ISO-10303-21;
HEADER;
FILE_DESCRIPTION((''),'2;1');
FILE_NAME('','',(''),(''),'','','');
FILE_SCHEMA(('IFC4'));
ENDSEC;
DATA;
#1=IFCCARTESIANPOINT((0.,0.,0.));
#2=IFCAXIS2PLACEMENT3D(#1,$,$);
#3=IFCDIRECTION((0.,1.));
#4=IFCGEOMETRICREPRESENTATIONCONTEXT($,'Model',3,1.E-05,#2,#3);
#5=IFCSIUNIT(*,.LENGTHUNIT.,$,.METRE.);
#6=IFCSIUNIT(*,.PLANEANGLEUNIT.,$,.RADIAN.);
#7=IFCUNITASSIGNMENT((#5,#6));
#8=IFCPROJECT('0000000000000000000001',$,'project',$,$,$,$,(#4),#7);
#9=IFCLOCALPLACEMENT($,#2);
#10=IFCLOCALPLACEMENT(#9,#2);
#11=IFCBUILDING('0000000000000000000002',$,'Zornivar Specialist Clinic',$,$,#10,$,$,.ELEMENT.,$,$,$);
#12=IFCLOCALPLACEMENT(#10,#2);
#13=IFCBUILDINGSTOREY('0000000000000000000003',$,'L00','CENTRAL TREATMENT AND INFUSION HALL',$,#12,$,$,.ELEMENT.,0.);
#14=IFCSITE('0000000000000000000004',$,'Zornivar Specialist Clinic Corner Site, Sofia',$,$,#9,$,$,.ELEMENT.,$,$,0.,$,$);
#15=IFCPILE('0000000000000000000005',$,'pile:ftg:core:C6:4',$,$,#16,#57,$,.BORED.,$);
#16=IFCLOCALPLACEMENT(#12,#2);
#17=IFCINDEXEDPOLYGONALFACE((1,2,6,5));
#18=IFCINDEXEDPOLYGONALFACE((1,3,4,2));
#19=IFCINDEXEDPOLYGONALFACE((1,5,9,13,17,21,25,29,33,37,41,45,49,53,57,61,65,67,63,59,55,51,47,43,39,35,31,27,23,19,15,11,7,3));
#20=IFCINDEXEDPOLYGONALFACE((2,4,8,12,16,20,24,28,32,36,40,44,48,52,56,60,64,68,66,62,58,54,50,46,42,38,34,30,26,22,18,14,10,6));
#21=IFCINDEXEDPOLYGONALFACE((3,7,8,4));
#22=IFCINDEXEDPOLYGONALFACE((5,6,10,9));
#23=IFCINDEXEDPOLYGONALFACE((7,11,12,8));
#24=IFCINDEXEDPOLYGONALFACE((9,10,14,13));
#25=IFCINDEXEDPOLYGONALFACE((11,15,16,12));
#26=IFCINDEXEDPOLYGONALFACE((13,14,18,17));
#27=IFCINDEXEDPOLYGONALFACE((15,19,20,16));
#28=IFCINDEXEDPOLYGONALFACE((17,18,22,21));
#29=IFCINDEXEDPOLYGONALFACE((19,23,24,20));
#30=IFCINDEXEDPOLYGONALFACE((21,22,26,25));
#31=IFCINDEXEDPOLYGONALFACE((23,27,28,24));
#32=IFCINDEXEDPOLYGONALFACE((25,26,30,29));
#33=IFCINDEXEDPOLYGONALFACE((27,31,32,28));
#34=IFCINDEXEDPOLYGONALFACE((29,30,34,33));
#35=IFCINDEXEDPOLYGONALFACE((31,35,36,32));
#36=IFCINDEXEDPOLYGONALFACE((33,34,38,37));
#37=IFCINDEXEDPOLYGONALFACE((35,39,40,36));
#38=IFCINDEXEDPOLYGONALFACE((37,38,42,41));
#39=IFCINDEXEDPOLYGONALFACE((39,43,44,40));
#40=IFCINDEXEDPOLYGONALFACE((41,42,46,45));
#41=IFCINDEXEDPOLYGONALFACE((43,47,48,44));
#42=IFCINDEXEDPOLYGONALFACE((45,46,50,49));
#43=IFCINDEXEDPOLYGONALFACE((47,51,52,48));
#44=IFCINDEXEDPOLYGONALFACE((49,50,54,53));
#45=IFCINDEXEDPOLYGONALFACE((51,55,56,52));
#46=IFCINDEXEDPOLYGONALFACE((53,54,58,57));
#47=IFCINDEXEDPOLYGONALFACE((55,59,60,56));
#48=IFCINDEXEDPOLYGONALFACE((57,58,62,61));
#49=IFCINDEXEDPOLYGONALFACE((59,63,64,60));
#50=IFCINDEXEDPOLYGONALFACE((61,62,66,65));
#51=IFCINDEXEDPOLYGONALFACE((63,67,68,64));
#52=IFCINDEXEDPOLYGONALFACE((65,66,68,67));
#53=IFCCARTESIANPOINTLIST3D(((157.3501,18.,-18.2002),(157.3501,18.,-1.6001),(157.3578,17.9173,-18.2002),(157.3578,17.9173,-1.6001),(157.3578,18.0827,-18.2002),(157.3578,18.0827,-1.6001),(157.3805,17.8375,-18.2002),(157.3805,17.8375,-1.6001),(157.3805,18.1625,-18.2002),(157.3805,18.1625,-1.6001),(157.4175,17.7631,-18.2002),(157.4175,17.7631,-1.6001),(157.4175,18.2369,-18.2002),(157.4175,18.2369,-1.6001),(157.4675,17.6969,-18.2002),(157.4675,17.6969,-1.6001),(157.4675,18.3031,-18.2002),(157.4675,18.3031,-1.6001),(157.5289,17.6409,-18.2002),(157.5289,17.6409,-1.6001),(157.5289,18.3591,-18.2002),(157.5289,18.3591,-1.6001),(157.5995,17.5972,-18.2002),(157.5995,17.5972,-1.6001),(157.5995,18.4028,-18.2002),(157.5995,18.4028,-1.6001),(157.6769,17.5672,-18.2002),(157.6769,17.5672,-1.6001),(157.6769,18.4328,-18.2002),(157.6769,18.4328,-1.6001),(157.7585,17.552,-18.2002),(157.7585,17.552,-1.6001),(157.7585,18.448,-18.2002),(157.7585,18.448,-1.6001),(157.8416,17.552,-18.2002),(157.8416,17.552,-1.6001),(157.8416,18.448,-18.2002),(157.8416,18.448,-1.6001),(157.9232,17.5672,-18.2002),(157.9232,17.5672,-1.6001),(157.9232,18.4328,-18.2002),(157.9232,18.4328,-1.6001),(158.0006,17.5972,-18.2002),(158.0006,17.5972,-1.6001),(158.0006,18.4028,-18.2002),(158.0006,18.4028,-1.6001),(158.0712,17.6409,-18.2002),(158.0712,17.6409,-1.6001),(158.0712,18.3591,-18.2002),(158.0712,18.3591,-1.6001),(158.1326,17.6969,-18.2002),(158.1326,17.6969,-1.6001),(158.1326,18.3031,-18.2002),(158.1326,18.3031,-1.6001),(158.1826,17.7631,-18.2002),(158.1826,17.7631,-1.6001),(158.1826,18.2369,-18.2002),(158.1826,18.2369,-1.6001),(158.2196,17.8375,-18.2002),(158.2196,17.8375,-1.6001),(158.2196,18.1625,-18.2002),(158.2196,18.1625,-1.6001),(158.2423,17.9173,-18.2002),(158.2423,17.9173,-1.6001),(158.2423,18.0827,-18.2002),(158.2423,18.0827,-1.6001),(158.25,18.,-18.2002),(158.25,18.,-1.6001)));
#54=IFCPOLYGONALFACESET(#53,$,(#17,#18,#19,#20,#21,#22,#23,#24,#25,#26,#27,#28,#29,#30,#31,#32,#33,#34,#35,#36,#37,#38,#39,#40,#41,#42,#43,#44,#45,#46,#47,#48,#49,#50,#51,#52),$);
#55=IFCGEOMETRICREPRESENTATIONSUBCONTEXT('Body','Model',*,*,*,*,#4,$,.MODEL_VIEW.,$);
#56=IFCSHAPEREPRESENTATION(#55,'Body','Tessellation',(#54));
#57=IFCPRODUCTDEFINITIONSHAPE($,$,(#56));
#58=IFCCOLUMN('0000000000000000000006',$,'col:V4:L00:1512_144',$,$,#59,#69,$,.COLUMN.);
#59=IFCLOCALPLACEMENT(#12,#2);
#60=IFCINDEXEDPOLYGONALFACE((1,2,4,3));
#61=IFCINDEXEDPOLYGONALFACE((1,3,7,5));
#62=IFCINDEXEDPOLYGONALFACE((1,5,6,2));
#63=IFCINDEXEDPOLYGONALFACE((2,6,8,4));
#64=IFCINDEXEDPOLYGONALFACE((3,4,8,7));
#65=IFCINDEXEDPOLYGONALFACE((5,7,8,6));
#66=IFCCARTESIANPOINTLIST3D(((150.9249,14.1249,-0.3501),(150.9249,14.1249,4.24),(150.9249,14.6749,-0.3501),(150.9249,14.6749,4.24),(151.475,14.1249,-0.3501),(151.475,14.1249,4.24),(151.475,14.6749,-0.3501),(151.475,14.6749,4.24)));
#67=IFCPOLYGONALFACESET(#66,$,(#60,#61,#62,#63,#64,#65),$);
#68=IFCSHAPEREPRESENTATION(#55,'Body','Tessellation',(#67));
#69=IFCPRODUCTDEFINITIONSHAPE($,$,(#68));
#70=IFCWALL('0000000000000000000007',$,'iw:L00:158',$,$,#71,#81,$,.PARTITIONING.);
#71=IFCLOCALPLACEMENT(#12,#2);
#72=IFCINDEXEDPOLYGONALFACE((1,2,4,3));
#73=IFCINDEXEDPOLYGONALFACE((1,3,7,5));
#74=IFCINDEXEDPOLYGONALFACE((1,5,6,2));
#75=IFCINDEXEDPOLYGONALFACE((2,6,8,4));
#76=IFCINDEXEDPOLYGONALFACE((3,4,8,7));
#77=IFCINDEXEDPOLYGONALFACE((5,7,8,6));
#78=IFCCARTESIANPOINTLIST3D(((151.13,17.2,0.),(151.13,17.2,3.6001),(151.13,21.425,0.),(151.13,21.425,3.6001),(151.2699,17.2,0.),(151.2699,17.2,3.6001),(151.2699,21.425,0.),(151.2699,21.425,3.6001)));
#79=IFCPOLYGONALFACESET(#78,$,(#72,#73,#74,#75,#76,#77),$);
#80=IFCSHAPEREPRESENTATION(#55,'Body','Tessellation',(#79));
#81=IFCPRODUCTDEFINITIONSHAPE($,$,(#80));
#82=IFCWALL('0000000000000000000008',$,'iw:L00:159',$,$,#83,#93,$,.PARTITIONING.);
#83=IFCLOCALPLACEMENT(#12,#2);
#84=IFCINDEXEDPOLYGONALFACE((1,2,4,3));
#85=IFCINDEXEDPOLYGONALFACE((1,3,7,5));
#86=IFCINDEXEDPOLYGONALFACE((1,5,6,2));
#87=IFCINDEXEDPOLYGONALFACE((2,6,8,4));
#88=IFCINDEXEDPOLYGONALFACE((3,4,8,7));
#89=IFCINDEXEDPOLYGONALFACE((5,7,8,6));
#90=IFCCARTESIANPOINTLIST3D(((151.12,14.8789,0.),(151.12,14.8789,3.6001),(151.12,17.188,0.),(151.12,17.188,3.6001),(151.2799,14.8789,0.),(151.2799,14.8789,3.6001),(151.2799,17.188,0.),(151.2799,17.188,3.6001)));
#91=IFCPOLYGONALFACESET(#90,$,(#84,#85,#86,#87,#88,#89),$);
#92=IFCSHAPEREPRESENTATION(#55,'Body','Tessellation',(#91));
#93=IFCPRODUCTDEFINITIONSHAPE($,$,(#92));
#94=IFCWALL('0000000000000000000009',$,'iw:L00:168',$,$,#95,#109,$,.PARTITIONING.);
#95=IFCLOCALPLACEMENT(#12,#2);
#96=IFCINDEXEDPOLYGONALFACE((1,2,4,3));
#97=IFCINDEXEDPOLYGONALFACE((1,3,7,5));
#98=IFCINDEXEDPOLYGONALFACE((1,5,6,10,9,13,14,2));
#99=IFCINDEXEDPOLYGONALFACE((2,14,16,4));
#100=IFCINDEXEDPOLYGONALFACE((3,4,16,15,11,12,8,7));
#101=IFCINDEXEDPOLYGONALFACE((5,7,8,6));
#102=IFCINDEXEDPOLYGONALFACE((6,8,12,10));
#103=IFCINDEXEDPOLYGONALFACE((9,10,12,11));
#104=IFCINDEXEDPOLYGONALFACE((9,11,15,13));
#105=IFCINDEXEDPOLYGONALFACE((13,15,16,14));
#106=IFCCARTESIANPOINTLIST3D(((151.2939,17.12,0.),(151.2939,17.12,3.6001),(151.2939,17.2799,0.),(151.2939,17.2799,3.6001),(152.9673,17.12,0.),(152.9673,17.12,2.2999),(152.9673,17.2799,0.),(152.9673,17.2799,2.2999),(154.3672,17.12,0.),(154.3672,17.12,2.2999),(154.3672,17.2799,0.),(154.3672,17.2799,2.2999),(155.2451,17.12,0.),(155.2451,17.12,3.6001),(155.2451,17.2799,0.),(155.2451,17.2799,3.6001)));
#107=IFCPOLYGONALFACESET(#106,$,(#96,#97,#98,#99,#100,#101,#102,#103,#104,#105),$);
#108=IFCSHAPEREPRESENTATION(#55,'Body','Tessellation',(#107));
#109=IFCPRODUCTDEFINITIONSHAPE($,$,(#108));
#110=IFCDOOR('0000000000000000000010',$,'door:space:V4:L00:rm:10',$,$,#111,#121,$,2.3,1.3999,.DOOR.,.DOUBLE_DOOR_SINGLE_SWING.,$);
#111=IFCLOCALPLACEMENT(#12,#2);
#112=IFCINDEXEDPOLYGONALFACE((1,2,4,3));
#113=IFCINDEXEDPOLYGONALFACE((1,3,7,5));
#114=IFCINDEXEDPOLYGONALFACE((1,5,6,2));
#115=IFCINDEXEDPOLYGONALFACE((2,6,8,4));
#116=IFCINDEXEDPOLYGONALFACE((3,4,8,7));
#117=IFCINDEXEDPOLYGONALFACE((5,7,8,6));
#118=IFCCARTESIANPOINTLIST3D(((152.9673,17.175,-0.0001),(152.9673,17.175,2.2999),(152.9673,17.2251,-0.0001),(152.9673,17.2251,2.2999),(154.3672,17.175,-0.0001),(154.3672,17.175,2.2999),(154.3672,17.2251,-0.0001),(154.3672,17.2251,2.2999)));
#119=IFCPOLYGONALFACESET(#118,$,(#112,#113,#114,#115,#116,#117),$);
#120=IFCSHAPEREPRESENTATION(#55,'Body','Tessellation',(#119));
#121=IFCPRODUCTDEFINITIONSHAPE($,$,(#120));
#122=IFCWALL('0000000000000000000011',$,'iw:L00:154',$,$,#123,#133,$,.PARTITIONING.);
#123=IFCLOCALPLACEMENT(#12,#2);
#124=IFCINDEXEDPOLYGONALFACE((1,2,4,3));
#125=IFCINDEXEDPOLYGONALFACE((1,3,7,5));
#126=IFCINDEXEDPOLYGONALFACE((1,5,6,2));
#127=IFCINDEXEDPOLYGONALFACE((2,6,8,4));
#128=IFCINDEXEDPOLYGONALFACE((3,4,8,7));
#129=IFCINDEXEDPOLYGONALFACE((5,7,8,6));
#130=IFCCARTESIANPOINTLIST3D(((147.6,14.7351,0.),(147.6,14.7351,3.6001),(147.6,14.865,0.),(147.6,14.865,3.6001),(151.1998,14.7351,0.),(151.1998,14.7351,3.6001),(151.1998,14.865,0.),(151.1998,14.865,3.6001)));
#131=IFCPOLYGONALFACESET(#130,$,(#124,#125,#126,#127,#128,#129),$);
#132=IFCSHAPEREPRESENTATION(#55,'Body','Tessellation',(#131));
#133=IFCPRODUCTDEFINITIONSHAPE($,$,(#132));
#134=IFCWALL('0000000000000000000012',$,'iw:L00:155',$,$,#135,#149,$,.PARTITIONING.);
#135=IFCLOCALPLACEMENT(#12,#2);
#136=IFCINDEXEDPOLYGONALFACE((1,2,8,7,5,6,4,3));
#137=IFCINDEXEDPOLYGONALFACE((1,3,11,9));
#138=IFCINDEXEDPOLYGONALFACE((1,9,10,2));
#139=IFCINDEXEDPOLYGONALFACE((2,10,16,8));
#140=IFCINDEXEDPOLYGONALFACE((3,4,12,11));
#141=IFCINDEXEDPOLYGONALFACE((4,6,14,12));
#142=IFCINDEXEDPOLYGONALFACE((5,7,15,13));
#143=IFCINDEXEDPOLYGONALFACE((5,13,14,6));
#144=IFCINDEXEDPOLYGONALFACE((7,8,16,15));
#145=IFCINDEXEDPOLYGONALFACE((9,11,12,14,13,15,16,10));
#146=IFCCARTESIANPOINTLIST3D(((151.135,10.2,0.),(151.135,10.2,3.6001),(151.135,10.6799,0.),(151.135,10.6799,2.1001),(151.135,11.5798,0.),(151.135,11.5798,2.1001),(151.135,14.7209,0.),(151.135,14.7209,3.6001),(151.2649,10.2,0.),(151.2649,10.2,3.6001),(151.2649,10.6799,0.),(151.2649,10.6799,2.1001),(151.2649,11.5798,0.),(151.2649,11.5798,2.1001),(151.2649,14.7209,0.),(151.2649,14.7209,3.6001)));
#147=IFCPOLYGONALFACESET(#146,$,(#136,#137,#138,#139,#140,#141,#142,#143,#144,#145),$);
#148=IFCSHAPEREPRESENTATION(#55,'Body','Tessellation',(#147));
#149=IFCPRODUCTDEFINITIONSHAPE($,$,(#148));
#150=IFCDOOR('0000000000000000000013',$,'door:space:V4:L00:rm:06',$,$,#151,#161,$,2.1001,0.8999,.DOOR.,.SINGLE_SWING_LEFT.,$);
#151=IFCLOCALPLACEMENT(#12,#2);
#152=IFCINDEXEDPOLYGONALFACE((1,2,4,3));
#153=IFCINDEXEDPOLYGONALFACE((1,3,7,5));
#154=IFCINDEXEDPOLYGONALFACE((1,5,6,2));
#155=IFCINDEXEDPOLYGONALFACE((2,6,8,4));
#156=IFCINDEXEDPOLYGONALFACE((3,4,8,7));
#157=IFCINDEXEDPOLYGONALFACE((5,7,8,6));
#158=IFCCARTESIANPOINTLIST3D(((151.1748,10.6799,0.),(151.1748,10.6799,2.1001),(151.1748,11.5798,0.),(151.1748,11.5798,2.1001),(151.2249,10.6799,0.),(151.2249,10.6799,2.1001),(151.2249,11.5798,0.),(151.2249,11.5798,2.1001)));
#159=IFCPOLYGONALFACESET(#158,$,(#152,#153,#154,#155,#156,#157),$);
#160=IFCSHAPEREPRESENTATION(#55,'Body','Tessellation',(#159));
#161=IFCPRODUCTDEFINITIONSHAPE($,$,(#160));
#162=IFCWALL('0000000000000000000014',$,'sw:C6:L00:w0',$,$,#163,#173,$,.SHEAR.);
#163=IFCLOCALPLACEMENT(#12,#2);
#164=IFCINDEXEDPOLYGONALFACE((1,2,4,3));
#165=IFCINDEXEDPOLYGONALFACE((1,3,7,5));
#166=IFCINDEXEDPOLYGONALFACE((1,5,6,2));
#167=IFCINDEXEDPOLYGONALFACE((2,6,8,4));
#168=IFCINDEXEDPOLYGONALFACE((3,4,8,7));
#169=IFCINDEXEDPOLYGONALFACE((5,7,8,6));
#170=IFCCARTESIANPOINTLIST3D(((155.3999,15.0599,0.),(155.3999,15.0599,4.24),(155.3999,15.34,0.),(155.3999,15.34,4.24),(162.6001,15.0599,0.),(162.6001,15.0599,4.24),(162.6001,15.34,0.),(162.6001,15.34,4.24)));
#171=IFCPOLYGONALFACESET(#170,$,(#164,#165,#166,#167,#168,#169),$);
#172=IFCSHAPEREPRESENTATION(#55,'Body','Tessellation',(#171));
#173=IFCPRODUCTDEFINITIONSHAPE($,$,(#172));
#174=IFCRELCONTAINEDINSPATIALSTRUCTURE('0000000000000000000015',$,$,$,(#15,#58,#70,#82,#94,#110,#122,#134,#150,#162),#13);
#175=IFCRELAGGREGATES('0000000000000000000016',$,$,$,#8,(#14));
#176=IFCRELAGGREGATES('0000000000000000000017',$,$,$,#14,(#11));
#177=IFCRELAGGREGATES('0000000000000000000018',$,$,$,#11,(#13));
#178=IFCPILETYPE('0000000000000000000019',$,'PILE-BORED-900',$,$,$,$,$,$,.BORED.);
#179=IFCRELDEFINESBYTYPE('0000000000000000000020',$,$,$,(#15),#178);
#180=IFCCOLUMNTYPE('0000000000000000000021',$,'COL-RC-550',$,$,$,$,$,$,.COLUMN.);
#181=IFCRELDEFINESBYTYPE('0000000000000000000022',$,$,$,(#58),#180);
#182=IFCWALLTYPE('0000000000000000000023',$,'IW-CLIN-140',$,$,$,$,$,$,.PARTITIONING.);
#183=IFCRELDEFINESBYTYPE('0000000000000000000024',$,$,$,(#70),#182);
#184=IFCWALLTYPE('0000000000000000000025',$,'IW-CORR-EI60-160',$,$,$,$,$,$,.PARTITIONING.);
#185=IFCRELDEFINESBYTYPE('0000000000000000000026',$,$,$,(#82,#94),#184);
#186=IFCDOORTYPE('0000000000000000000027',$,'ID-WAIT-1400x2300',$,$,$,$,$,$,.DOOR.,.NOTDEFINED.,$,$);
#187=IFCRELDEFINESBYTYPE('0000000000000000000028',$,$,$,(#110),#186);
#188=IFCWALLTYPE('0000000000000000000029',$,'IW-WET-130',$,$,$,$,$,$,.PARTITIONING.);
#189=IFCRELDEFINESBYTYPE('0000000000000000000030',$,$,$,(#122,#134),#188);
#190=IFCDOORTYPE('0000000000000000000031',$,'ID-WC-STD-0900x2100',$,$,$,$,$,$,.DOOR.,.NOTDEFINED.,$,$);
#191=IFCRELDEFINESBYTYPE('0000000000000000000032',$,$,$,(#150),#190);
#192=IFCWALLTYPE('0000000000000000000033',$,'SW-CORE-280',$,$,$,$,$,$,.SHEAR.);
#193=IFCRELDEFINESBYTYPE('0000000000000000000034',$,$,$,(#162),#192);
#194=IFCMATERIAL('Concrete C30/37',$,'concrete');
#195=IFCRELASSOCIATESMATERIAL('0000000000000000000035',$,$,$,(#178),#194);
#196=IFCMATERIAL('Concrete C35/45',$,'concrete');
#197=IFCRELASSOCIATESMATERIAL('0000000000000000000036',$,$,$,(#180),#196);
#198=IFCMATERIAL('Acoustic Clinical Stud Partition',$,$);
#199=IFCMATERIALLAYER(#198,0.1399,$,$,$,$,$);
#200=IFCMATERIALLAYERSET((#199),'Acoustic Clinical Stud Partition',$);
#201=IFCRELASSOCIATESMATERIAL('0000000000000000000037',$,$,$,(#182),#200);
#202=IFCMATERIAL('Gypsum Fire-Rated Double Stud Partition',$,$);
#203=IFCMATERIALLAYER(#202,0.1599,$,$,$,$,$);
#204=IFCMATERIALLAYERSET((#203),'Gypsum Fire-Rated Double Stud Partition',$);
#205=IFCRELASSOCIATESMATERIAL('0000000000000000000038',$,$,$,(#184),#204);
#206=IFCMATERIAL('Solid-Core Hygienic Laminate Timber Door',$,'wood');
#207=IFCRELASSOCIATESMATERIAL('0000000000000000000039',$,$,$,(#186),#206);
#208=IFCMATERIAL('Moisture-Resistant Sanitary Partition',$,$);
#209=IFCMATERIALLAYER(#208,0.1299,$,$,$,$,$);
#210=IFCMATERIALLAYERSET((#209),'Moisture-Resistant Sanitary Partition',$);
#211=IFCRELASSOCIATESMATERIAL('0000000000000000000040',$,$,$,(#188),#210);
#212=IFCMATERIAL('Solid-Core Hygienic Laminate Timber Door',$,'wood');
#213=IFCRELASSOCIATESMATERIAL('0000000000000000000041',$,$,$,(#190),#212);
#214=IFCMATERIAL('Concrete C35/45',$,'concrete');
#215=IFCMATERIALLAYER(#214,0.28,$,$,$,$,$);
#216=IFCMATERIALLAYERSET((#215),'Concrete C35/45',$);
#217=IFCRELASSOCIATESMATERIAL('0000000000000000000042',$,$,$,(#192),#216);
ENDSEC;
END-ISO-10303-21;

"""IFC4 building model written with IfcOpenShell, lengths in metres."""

from ifc_helpers import new_model, si_unit, direction, frame, frame_2d, origin, origin_2d, place, context, subcontext, project, spatial, rectangle, circle, extrude, material, layer, layer_set, material_profile, profile_set, type_object, element, fill, save


model = new_model("IFC4")

# Units and contexts
model_context = context("Model", 3, precision=1e-05, world=origin(), true_north=direction((0.0, 1.0)))
body_context = subcontext(model_context, "Body", "Model", "MODEL_VIEW")
ifc_project = project(units=[si_unit("LENGTHUNIT", "METRE"), si_unit("PLANEANGLEUNIT", "RADIAN")], contexts=[model_context])

# Site, building, storey
site_placement = place(None, origin())
site = spatial("IfcSite", under=ifc_project, at=site_placement, Name="Zornivar Specialist Clinic Corner Site, Sofia", CompositionType="ELEMENT", RefElevation=0.0)
building_placement = place(site_placement, origin())
building = spatial("IfcBuilding", under=site, at=building_placement, Name="Zornivar Specialist Clinic", CompositionType="ELEMENT")
storey_placement = place(building_placement, origin())
storey = spatial("IfcBuildingStorey", under=building, at=storey_placement, Name="L00", Description="CENTRAL TREATMENT AND INFUSION HALL", CompositionType="ELEMENT", Elevation=0.0)

# Pile
ifc_material_1 = material(Name="Concrete C30/37", Category="concrete")
ifc_material_profile_1 = material_profile(ifc_material_1, circle(Radius=0.45, at=origin_2d()), Name="PILE D900")
ifc_profile_set_1 = profile_set([ifc_material_profile_1], Name="Concrete C30/37")
pile_type_1 = type_object("IfcPileType", Name="PILE-BORED-900", PredefinedType="BORED", material=ifc_profile_set_1)
for number, where, z_axis, x_axis, name in (
    (1, (157.8, 18.0, -1.6001), (0.0, 0.0, -1.0), (1.0, 0.0, 0.0), "pile:ftg:core:C6:4"),
):
    element("IfcPile", number, at=place(storey_placement, frame(where, z_axis=z_axis, x_axis=x_axis)), inside=storey, type_object=pile_type_1, Name=name, PredefinedType="BORED", context=body_context, shape_type="SweptSolid", body=[
        extrude(circle(Radius=0.45, at=origin_2d()), origin(), (0.0, 0.0, 1.0), 16.6001),
    ])

# Column
ifc_material_2 = material(Name="Concrete C35/45", Category="concrete")
ifc_material_profile_2 = material_profile(ifc_material_2, rectangle(XDim=0.55, YDim=0.55, at=origin_2d()), Name="RC 550x550")
ifc_profile_set_2 = profile_set([ifc_material_profile_2], Name="Concrete C35/45")
column_type = type_object("IfcColumnType", Name="COL-RC-550", PredefinedType="COLUMN", material=ifc_profile_set_2)
column_placement = place(storey_placement, frame((151.2, 14.3999, -0.3501), z_axis=(0.0, 0.0, 1.0), x_axis=(1.0, 0.0, 0.0)))
element("IfcColumn", 2, at=column_placement, inside=storey, type_object=column_type, Name="col:V4:L00:1512_144", PredefinedType="COLUMN", context=body_context, shape_type="SweptSolid", body=[
    extrude(rectangle(XDim=0.55, YDim=0.55, at=origin_2d()), origin(), (0.0, 0.0, 1.0), 4.5901),
])

# Walls
ifc_material_3 = material(Name="Acoustic Clinical Stud Partition")
ifc_layer_1 = layer(ifc_material_3, 0.1399)
ifc_layer_set_1 = layer_set([ifc_layer_1], Name="Acoustic Clinical Stud Partition")
wall_type_1 = type_object("IfcWallType", Name="IW-CLIN-140", PredefinedType="PARTITIONING", material=ifc_layer_set_1)
wall_1_placement = place(storey_placement, frame((151.2, 21.425, 0.0), z_axis=(0.0, 0.0, 1.0), x_axis=(0.0, -1.0, 0.0)))
element("IfcWall", 3, at=wall_1_placement, inside=storey, type_object=wall_type_1, Name="iw:L00:158", PredefinedType="PARTITIONING", context=body_context, shape_type="SweptSolid", body=[
    extrude(rectangle(XDim=4.2251, YDim=0.1399, at=frame_2d((2.1125, 0.0))), origin(), (0.0, 0.0, 1.0), 3.6001),
])
ifc_material_4 = material(Name="Gypsum Fire-Rated Double Stud Partition")
ifc_layer_2 = layer(ifc_material_4, 0.1599)
ifc_layer_set_2 = layer_set([ifc_layer_2], Name="Gypsum Fire-Rated Double Stud Partition")
wall_type_2 = type_object("IfcWallType", Name="IW-CORR-EI60-160", PredefinedType="PARTITIONING", material=ifc_layer_set_2)
wall_2_placement = place(storey_placement, frame((151.2, 17.188, 0.0), z_axis=(0.0, 0.0, 1.0), x_axis=(0.0, -1.0, 0.0)))
element("IfcWall", 4, at=wall_2_placement, inside=storey, type_object=wall_type_2, Name="iw:L00:159", PredefinedType="PARTITIONING", context=body_context, shape_type="SweptSolid", body=[
    extrude(rectangle(XDim=2.3091, YDim=0.1599, at=frame_2d((1.1545, 0.0))), origin(), (0.0, 0.0, 1.0), 3.6001),
])

# Wall, opening, door
wall_3_placement = place(storey_placement, frame((155.2451, 17.2, 0.0), z_axis=(0.0, 0.0, 1.0), x_axis=(-1.0, 0.0, 0.0)))
wall_3 = element("IfcWall", 5, at=wall_3_placement, inside=storey, type_object=wall_type_2, Name="iw:L00:168", PredefinedType="PARTITIONING", context=body_context, shape_type="SweptSolid", body=[
    extrude(rectangle(XDim=3.9512, YDim=0.1599, at=frame_2d((1.9756, 0.0))), origin(), (0.0, 0.0, 1.0), 3.6001),
])
opening_1_placement = place(wall_3_placement, frame((0.8779, 0.0, 0.0)))
opening_1 = element("IfcOpeningElement", 6, at=opening_1_placement, cuts=wall_3, PredefinedType="OPENING", context=body_context, shape_type="SweptSolid", body=[
    extrude(rectangle(XDim=1.3999, YDim=2.3, at=frame_2d((0.7, 1.1499))), frame((0.0, 0.0898, 0.0), z_axis=(0.0, -1.0, 0.0), x_axis=(1.0, 0.0, 0.0)), (0.0, 0.0, 1.0), 0.1799),
])
ifc_material_5 = material(Name="Solid-Core Hygienic Laminate Timber Door", Category="wood")
door_type_1 = type_object("IfcDoorType", Name="ID-WAIT-1400x2300", OperationType="NOTDEFINED", PredefinedType="DOOR", material=ifc_material_5)
door_1_placement = place(opening_1_placement, origin())
door_1 = element("IfcDoor", 7, at=door_1_placement, inside=storey, type_object=door_type_1, Name="door:space:V4:L00:rm:10", OperationType="DOUBLE_DOOR_SINGLE_SWING", OverallHeight=2.3, OverallWidth=1.3999, PredefinedType="DOOR", context=body_context, shape_type="SweptSolid", body=[
    extrude(rectangle(XDim=1.3999, YDim=2.3, at=frame_2d((0.7, 1.1499))), frame((0.0, 0.0249, 0.0), z_axis=(0.0, -1.0, 0.0), x_axis=(1.0, 0.0, 0.0)), (0.0, 0.0, 1.0), 0.05),
])
fill(opening_1, door_1)

# Wall
ifc_material_6 = material(Name="Moisture-Resistant Sanitary Partition")
ifc_layer_3 = layer(ifc_material_6, 0.1299)
ifc_layer_set_3 = layer_set([ifc_layer_3], Name="Moisture-Resistant Sanitary Partition")
wall_type_3 = type_object("IfcWallType", Name="IW-WET-130", PredefinedType="PARTITIONING", material=ifc_layer_set_3)
wall_4_placement = place(storey_placement, frame((147.6001, 14.8, 0.0), z_axis=(0.0, 0.0, 1.0), x_axis=(1.0, 0.0, 0.0)))
element("IfcWall", 8, at=wall_4_placement, inside=storey, type_object=wall_type_3, Name="iw:L00:154", PredefinedType="PARTITIONING", context=body_context, shape_type="SweptSolid", body=[
    extrude(rectangle(XDim=3.5999, YDim=0.1299, at=frame_2d((1.7998, 0.0))), origin(), (0.0, 0.0, 1.0), 3.6001),
])

# Wall, opening, door
wall_5_placement = place(storey_placement, frame((151.2, 14.7209, 0.0), z_axis=(0.0, 0.0, 1.0), x_axis=(0.0, -1.0, 0.0)))
wall_5 = element("IfcWall", 9, at=wall_5_placement, inside=storey, type_object=wall_type_3, Name="iw:L00:155", PredefinedType="PARTITIONING", context=body_context, shape_type="SweptSolid", body=[
    extrude(rectangle(XDim=4.521, YDim=0.1299, at=frame_2d((2.2605, 0.0))), origin(), (0.0, 0.0, 1.0), 3.6001),
])
opening_2_placement = place(wall_5_placement, frame((3.1411, 0.0, 0.0)))
opening_2 = element("IfcOpeningElement", 10, at=opening_2_placement, cuts=wall_5, PredefinedType="OPENING", context=body_context, shape_type="SweptSolid", body=[
    extrude(rectangle(XDim=0.8999, YDim=2.1001, at=frame_2d((0.45, 1.05))), frame((0.0, 0.075, 0.0), z_axis=(0.0, -1.0, 0.0), x_axis=(1.0, 0.0, 0.0)), (0.0, 0.0, 1.0), 0.1499),
])
ifc_material_7 = material(Name="Solid-Core Hygienic Laminate Timber Door", Category="wood")
door_type_2 = type_object("IfcDoorType", Name="ID-WC-STD-0900x2100", OperationType="NOTDEFINED", PredefinedType="DOOR", material=ifc_material_7)
door_2_placement = place(opening_2_placement, origin())
door_2 = element("IfcDoor", 11, at=door_2_placement, inside=storey, type_object=door_type_2, Name="door:space:V4:L00:rm:06", OperationType="SINGLE_SWING_LEFT", OverallHeight=2.1001, OverallWidth=0.8999, PredefinedType="DOOR", context=body_context, shape_type="SweptSolid", body=[
    extrude(rectangle(XDim=0.8999, YDim=2.1001, at=frame_2d((0.45, 1.05))), frame((0.0, 0.0249, 0.0), z_axis=(0.0, -1.0, 0.0), x_axis=(1.0, 0.0, 0.0)), (0.0, 0.0, 1.0), 0.05),
])
fill(opening_2, door_2)

# Wall
ifc_material_8 = material(Name="Concrete C35/45", Category="concrete")
ifc_layer_4 = layer(ifc_material_8, 0.28)
ifc_layer_set_4 = layer_set([ifc_layer_4], Name="Concrete C35/45")
wall_type_4 = type_object("IfcWallType", Name="SW-CORE-280", PredefinedType="SHEAR", material=ifc_layer_set_4)
wall_6_placement = place(storey_placement, frame((155.3999, 15.2, 0.0), z_axis=(0.0, 0.0, 1.0), x_axis=(1.0, 0.0, 0.0)))
element("IfcWall", 12, at=wall_6_placement, inside=storey, type_object=wall_type_4, Name="sw:C6:L00:w0", PredefinedType="SHEAR", context=body_context, shape_type="SweptSolid", body=[
    extrude(rectangle(XDim=7.2002, YDim=0.28, at=frame_2d((3.6001, 0.0))), origin(), (0.0, 0.0, 1.0), 4.24),
])

save(model, "model.ifc")
